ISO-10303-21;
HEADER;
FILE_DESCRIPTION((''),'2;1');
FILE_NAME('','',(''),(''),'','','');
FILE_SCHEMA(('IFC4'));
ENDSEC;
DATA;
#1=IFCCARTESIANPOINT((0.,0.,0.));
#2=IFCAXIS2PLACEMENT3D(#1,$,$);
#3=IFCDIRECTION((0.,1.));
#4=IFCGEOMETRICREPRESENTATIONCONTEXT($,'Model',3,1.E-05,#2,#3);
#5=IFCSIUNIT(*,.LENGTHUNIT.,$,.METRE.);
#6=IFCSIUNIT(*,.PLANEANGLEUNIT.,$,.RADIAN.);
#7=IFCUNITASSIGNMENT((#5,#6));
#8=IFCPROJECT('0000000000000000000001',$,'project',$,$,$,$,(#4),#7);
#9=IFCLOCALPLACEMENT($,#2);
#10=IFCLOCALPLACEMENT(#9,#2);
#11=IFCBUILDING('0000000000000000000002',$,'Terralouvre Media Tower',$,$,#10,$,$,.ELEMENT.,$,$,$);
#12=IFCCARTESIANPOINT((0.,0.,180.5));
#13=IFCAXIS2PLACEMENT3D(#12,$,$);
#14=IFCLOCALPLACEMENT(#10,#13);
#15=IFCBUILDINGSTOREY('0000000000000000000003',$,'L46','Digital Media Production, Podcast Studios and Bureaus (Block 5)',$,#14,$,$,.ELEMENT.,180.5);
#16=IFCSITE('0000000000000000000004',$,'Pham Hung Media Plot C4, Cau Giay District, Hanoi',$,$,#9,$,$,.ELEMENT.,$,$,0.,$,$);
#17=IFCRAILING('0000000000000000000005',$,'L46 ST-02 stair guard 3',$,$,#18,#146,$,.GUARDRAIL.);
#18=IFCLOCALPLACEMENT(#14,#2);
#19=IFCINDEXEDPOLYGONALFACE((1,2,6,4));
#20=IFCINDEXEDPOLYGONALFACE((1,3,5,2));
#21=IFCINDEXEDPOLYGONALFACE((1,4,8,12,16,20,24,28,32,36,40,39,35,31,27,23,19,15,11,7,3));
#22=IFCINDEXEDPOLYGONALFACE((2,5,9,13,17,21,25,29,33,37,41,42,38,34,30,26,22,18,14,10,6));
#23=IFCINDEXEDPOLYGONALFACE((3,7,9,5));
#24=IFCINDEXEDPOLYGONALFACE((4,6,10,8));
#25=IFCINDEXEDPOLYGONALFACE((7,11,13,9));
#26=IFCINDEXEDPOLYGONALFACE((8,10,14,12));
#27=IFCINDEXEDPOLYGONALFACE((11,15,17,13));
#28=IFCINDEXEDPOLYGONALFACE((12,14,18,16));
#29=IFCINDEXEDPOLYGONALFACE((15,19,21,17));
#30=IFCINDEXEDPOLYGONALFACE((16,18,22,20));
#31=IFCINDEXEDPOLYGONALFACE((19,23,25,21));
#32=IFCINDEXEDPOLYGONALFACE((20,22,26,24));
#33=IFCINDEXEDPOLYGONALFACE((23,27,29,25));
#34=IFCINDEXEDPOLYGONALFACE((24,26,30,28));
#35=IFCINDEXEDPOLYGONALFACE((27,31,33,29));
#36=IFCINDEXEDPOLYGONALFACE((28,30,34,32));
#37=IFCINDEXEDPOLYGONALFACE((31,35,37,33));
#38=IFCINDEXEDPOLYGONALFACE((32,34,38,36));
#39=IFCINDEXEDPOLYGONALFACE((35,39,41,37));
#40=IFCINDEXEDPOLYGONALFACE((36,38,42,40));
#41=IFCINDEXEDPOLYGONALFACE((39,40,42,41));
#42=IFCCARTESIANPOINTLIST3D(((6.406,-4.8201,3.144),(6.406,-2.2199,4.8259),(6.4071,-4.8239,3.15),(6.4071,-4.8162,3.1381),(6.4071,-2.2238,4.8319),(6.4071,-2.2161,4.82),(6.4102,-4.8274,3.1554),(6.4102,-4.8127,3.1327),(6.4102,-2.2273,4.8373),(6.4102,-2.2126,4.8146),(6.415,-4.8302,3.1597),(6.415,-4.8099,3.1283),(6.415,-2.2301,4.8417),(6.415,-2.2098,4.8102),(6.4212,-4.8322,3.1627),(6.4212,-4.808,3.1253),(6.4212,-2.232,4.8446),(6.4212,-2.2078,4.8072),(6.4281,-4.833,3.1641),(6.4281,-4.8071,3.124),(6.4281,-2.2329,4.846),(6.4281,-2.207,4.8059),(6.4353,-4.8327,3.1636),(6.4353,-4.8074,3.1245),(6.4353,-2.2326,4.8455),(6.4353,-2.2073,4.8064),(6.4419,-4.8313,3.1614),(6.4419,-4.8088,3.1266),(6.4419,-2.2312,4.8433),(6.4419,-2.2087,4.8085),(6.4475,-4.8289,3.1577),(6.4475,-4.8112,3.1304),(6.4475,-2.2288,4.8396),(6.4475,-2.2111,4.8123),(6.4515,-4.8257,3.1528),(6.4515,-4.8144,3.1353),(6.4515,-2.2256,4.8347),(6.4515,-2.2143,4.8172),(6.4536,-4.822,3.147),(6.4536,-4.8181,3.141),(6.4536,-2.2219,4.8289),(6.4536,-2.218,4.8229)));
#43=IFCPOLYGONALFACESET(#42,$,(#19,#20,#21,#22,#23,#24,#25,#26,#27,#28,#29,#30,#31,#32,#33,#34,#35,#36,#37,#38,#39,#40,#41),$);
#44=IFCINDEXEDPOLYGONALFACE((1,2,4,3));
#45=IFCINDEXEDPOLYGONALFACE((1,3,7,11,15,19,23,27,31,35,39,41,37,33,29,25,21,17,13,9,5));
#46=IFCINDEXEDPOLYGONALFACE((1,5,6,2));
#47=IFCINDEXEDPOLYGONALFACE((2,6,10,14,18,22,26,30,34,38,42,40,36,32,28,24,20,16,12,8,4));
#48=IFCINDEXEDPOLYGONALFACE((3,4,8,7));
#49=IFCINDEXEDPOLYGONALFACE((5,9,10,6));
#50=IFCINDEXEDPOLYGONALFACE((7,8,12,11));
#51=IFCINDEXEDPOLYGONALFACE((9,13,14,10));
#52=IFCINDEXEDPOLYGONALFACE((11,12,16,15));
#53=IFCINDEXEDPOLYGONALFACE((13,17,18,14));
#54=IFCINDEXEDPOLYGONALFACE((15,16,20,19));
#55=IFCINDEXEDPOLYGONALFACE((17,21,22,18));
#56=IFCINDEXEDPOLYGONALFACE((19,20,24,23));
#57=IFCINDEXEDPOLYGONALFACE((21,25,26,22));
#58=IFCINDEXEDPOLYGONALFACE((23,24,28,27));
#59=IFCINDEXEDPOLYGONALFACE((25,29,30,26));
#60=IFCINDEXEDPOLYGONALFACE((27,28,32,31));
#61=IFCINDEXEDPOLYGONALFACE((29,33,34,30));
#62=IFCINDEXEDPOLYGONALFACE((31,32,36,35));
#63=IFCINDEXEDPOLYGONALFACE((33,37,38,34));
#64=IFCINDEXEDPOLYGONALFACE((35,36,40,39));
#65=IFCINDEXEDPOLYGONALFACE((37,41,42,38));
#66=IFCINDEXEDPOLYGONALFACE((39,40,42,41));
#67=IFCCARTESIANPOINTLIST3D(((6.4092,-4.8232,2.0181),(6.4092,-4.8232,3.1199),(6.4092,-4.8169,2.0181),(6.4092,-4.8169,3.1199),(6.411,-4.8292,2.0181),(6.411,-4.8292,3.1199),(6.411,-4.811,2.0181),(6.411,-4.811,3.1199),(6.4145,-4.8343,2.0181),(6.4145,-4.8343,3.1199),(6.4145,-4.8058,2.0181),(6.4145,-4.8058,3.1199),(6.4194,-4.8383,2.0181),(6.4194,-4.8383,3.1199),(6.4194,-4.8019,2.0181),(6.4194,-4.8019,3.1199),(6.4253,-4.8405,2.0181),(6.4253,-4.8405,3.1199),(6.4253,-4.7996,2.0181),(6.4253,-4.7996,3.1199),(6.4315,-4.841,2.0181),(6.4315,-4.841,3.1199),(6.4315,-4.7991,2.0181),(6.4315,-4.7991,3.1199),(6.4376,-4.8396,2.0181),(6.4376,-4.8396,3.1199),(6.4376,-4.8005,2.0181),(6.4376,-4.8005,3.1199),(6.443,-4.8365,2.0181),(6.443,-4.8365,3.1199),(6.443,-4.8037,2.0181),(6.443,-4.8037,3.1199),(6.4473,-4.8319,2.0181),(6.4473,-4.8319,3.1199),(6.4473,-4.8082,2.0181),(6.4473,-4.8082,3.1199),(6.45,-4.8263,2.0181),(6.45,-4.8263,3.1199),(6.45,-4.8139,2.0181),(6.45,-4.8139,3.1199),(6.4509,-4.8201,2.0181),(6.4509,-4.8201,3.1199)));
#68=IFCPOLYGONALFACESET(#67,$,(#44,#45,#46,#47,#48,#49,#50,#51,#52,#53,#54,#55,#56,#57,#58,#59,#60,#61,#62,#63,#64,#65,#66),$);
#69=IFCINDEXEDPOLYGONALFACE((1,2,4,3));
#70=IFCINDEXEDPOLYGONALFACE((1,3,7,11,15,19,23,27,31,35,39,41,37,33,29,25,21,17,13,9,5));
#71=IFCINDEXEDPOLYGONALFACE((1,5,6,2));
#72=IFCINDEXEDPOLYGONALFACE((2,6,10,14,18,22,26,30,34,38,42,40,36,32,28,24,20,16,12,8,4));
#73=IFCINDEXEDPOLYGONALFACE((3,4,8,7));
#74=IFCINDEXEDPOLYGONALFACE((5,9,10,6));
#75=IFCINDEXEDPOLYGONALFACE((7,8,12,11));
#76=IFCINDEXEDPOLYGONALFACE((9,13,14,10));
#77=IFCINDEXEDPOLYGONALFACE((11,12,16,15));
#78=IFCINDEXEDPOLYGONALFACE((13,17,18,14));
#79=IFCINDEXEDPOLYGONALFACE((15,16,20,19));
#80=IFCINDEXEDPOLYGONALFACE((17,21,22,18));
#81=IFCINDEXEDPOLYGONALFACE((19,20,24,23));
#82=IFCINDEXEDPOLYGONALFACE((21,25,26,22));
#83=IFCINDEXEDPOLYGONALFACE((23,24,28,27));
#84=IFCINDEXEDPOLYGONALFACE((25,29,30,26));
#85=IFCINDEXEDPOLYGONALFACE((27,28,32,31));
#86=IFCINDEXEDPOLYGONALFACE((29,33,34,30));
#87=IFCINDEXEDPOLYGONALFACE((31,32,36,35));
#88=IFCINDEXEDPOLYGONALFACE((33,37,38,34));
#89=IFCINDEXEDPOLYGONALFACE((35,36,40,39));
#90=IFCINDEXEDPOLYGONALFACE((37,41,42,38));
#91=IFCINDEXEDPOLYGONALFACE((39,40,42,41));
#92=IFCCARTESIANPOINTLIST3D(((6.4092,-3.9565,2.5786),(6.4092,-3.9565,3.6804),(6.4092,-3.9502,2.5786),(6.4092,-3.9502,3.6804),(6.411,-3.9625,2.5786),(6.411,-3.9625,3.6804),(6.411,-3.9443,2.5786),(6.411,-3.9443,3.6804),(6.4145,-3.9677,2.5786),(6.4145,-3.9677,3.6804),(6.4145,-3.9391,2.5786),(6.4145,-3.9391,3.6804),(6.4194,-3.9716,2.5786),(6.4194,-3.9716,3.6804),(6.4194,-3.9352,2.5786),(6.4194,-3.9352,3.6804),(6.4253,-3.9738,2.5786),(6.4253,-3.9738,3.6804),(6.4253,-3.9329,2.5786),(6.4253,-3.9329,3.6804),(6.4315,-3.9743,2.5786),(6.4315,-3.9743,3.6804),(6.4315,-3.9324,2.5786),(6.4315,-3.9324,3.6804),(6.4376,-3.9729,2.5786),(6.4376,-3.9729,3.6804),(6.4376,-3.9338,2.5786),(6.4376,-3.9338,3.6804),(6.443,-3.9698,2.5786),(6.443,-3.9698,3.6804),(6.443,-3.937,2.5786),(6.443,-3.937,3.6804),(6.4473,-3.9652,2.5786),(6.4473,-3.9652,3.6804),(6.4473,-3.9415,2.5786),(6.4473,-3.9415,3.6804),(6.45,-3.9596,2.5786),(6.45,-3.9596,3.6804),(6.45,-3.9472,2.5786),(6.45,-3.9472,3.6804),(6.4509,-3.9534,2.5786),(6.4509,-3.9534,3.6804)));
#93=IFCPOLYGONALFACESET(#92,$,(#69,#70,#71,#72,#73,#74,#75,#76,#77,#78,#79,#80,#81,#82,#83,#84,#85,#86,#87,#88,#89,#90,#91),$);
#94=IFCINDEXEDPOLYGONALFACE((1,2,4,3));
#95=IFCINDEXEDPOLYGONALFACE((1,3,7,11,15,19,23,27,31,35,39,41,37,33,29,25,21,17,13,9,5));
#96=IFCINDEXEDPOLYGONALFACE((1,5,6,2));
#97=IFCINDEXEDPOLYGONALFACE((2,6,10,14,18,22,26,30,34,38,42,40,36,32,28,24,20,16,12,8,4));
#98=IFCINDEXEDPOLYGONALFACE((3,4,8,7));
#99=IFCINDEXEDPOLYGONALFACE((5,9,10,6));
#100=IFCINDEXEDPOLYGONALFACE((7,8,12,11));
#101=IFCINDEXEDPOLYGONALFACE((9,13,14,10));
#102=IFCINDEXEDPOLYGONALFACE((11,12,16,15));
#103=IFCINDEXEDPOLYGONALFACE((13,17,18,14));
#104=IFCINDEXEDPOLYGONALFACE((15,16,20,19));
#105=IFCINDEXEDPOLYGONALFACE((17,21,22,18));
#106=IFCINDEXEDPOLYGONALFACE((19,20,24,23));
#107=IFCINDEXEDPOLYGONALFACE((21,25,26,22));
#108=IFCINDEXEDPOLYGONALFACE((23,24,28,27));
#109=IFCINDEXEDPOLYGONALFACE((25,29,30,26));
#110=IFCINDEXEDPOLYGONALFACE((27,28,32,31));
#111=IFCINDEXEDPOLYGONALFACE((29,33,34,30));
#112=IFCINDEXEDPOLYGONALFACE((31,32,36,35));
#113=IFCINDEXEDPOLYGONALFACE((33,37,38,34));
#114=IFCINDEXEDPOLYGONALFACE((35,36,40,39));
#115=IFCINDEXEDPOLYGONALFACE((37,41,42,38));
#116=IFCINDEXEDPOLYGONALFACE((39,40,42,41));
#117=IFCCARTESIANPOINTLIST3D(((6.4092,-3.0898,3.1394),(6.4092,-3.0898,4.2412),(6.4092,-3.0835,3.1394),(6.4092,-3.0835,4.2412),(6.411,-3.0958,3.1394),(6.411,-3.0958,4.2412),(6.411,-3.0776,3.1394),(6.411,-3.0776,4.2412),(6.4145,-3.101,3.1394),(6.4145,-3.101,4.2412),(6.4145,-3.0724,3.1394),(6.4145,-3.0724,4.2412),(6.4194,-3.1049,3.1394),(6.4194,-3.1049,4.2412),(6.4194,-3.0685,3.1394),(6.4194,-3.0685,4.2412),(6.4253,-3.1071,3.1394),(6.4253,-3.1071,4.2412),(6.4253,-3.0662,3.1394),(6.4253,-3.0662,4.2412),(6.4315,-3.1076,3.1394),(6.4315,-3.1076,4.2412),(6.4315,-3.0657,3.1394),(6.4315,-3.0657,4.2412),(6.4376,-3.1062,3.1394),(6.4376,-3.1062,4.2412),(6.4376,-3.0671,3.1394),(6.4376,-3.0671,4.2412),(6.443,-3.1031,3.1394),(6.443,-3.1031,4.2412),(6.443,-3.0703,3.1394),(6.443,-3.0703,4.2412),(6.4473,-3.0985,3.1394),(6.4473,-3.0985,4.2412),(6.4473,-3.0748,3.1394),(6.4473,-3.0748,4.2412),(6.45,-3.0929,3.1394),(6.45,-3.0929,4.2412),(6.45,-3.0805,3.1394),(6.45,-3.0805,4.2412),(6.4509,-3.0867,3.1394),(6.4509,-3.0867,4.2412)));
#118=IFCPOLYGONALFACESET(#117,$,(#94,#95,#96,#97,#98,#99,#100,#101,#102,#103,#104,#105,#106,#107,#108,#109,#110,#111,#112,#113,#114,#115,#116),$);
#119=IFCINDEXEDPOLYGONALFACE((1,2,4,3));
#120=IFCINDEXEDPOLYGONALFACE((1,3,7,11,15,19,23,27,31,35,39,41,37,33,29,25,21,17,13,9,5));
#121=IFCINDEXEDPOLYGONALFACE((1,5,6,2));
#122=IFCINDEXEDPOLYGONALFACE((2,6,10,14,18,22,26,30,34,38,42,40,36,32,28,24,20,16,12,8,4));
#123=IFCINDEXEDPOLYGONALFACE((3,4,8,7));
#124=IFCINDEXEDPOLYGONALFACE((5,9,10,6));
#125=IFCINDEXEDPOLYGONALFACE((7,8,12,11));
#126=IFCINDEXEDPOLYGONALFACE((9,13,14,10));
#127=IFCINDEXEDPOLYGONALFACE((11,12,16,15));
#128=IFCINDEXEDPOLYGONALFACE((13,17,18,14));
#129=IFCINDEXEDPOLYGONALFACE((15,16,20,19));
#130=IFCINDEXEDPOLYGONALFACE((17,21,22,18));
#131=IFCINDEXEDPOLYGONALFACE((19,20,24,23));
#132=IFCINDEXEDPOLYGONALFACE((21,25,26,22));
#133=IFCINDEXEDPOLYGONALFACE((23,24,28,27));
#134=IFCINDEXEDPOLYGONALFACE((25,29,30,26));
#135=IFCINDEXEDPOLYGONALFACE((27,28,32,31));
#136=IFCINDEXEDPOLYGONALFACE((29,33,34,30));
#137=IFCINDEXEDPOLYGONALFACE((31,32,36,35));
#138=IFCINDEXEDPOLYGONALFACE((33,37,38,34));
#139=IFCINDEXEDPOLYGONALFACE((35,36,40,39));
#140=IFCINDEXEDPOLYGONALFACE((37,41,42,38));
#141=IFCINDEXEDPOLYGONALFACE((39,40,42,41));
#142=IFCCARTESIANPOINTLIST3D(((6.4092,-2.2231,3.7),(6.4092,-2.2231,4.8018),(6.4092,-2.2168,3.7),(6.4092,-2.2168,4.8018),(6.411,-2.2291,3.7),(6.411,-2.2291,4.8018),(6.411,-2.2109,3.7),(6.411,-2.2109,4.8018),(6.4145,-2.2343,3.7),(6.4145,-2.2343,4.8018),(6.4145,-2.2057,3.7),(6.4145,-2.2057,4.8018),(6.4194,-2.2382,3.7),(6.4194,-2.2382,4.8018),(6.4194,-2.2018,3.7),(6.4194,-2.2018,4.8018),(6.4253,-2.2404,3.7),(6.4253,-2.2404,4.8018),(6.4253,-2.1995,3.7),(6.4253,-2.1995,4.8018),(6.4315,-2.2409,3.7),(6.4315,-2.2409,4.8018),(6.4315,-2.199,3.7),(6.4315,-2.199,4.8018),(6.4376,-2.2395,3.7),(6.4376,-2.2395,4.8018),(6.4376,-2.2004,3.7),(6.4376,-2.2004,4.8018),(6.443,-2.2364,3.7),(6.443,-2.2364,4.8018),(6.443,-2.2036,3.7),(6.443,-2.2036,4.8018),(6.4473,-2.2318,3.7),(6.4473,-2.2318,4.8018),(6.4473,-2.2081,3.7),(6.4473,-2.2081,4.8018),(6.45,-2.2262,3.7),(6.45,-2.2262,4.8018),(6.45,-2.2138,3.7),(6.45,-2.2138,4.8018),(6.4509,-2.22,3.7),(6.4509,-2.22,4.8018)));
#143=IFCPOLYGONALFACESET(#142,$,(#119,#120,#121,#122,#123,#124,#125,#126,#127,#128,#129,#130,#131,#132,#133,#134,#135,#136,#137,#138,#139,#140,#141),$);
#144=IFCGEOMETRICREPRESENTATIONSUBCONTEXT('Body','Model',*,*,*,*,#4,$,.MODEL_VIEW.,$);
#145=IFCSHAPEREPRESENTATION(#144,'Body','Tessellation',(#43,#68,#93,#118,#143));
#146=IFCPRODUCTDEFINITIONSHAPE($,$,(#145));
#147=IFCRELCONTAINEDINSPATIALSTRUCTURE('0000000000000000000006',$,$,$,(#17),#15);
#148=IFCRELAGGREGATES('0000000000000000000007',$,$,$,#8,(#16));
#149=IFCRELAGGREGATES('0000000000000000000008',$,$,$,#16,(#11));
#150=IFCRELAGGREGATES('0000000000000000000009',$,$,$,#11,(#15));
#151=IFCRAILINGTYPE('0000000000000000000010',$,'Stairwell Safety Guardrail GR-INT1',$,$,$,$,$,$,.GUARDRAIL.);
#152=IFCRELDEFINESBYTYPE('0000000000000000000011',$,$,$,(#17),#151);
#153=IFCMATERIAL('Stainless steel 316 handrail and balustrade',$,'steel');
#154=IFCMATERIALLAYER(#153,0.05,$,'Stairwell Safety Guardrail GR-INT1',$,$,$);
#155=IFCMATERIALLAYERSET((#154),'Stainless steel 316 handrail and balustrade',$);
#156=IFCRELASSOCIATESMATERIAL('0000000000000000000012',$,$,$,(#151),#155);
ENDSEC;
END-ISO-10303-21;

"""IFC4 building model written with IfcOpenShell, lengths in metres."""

from ifc_helpers import new_model, si_unit, direction, frame, origin, origin_2d, place, context, subcontext, project, spatial, circle, extrude, material, layer, layer_set, type_object, element, save


model = new_model("IFC4")

# Units and contexts
model_context = context("Model", 3, precision=1e-05, world=origin(), true_north=direction((0.0, 1.0)))
body_context = subcontext(model_context, "Body", "Model", "MODEL_VIEW")
ifc_project = project(units=[si_unit("LENGTHUNIT", "METRE"), si_unit("PLANEANGLEUNIT", "RADIAN")], contexts=[model_context])

# Site, building, storey
site_placement = place(None, origin())
site = spatial("IfcSite", under=ifc_project, at=site_placement, Name="Pham Hung Media Plot C4, Cau Giay District, Hanoi", CompositionType="ELEMENT", RefElevation=0.0)
building_placement = place(site_placement, origin())
building = spatial("IfcBuilding", under=site, at=building_placement, Name="Terralouvre Media Tower", CompositionType="ELEMENT")
storey_placement = place(building_placement, frame((0.0, 0.0, 180.5)))
storey = spatial("IfcBuildingStorey", under=building, at=storey_placement, Name="L46", Description="Digital Media Production, Podcast Studios and Bureaus (Block 5)", CompositionType="ELEMENT", Elevation=180.5)

# Railing
ifc_material_1 = material(Name="Stainless steel 316 handrail and balustrade", Category="steel")
ifc_layer_1 = layer(ifc_material_1, 0.05, Name="Stairwell Safety Guardrail GR-INT1")
ifc_layer_set_1 = layer_set([ifc_layer_1], Name="Stainless steel 316 handrail and balustrade")
railing_type_1 = type_object("IfcRailingType", Name="Stairwell Safety Guardrail GR-INT1", PredefinedType="GUARDRAIL", material=ifc_layer_set_1)
railing_1_placement = place(storey_placement, frame((6.4299, -4.8201, 2.0181)))
element("IfcRailing", 1, at=railing_1_placement, inside=storey, type_object=railing_type_1, Name="L46 ST-02 stair guard 3", PredefinedType="GUARDRAIL", context=body_context, shape_type="SweptSolid", body=[
    extrude(circle(Radius=0.0239, at=origin_2d()), frame((0.0, 0.0, 1.126), z_axis=(0.0, 0.839648, 0.54313), x_axis=(-1.0, 0.0, 0.0)), (0.0, 0.0, 1.0), 3.0967),
    extrude(circle(Radius=0.021, at=origin_2d()), origin(), (0.0, 0.0, 1.0), 1.1018),
    extrude(circle(Radius=0.021, at=origin_2d()), frame((0.0, 0.8667, 0.5605)), (0.0, 0.0, 1.0), 1.1018),
    extrude(circle(Radius=0.021, at=origin_2d()), frame((0.0, 1.7334, 1.1213)), (0.0, 0.0, 1.0), 1.1018),
    extrude(circle(Radius=0.021, at=origin_2d()), frame((0.0, 2.6001, 1.6819)), (0.0, 0.0, 1.0), 1.1018),
])

save(model, "model.ifc")
